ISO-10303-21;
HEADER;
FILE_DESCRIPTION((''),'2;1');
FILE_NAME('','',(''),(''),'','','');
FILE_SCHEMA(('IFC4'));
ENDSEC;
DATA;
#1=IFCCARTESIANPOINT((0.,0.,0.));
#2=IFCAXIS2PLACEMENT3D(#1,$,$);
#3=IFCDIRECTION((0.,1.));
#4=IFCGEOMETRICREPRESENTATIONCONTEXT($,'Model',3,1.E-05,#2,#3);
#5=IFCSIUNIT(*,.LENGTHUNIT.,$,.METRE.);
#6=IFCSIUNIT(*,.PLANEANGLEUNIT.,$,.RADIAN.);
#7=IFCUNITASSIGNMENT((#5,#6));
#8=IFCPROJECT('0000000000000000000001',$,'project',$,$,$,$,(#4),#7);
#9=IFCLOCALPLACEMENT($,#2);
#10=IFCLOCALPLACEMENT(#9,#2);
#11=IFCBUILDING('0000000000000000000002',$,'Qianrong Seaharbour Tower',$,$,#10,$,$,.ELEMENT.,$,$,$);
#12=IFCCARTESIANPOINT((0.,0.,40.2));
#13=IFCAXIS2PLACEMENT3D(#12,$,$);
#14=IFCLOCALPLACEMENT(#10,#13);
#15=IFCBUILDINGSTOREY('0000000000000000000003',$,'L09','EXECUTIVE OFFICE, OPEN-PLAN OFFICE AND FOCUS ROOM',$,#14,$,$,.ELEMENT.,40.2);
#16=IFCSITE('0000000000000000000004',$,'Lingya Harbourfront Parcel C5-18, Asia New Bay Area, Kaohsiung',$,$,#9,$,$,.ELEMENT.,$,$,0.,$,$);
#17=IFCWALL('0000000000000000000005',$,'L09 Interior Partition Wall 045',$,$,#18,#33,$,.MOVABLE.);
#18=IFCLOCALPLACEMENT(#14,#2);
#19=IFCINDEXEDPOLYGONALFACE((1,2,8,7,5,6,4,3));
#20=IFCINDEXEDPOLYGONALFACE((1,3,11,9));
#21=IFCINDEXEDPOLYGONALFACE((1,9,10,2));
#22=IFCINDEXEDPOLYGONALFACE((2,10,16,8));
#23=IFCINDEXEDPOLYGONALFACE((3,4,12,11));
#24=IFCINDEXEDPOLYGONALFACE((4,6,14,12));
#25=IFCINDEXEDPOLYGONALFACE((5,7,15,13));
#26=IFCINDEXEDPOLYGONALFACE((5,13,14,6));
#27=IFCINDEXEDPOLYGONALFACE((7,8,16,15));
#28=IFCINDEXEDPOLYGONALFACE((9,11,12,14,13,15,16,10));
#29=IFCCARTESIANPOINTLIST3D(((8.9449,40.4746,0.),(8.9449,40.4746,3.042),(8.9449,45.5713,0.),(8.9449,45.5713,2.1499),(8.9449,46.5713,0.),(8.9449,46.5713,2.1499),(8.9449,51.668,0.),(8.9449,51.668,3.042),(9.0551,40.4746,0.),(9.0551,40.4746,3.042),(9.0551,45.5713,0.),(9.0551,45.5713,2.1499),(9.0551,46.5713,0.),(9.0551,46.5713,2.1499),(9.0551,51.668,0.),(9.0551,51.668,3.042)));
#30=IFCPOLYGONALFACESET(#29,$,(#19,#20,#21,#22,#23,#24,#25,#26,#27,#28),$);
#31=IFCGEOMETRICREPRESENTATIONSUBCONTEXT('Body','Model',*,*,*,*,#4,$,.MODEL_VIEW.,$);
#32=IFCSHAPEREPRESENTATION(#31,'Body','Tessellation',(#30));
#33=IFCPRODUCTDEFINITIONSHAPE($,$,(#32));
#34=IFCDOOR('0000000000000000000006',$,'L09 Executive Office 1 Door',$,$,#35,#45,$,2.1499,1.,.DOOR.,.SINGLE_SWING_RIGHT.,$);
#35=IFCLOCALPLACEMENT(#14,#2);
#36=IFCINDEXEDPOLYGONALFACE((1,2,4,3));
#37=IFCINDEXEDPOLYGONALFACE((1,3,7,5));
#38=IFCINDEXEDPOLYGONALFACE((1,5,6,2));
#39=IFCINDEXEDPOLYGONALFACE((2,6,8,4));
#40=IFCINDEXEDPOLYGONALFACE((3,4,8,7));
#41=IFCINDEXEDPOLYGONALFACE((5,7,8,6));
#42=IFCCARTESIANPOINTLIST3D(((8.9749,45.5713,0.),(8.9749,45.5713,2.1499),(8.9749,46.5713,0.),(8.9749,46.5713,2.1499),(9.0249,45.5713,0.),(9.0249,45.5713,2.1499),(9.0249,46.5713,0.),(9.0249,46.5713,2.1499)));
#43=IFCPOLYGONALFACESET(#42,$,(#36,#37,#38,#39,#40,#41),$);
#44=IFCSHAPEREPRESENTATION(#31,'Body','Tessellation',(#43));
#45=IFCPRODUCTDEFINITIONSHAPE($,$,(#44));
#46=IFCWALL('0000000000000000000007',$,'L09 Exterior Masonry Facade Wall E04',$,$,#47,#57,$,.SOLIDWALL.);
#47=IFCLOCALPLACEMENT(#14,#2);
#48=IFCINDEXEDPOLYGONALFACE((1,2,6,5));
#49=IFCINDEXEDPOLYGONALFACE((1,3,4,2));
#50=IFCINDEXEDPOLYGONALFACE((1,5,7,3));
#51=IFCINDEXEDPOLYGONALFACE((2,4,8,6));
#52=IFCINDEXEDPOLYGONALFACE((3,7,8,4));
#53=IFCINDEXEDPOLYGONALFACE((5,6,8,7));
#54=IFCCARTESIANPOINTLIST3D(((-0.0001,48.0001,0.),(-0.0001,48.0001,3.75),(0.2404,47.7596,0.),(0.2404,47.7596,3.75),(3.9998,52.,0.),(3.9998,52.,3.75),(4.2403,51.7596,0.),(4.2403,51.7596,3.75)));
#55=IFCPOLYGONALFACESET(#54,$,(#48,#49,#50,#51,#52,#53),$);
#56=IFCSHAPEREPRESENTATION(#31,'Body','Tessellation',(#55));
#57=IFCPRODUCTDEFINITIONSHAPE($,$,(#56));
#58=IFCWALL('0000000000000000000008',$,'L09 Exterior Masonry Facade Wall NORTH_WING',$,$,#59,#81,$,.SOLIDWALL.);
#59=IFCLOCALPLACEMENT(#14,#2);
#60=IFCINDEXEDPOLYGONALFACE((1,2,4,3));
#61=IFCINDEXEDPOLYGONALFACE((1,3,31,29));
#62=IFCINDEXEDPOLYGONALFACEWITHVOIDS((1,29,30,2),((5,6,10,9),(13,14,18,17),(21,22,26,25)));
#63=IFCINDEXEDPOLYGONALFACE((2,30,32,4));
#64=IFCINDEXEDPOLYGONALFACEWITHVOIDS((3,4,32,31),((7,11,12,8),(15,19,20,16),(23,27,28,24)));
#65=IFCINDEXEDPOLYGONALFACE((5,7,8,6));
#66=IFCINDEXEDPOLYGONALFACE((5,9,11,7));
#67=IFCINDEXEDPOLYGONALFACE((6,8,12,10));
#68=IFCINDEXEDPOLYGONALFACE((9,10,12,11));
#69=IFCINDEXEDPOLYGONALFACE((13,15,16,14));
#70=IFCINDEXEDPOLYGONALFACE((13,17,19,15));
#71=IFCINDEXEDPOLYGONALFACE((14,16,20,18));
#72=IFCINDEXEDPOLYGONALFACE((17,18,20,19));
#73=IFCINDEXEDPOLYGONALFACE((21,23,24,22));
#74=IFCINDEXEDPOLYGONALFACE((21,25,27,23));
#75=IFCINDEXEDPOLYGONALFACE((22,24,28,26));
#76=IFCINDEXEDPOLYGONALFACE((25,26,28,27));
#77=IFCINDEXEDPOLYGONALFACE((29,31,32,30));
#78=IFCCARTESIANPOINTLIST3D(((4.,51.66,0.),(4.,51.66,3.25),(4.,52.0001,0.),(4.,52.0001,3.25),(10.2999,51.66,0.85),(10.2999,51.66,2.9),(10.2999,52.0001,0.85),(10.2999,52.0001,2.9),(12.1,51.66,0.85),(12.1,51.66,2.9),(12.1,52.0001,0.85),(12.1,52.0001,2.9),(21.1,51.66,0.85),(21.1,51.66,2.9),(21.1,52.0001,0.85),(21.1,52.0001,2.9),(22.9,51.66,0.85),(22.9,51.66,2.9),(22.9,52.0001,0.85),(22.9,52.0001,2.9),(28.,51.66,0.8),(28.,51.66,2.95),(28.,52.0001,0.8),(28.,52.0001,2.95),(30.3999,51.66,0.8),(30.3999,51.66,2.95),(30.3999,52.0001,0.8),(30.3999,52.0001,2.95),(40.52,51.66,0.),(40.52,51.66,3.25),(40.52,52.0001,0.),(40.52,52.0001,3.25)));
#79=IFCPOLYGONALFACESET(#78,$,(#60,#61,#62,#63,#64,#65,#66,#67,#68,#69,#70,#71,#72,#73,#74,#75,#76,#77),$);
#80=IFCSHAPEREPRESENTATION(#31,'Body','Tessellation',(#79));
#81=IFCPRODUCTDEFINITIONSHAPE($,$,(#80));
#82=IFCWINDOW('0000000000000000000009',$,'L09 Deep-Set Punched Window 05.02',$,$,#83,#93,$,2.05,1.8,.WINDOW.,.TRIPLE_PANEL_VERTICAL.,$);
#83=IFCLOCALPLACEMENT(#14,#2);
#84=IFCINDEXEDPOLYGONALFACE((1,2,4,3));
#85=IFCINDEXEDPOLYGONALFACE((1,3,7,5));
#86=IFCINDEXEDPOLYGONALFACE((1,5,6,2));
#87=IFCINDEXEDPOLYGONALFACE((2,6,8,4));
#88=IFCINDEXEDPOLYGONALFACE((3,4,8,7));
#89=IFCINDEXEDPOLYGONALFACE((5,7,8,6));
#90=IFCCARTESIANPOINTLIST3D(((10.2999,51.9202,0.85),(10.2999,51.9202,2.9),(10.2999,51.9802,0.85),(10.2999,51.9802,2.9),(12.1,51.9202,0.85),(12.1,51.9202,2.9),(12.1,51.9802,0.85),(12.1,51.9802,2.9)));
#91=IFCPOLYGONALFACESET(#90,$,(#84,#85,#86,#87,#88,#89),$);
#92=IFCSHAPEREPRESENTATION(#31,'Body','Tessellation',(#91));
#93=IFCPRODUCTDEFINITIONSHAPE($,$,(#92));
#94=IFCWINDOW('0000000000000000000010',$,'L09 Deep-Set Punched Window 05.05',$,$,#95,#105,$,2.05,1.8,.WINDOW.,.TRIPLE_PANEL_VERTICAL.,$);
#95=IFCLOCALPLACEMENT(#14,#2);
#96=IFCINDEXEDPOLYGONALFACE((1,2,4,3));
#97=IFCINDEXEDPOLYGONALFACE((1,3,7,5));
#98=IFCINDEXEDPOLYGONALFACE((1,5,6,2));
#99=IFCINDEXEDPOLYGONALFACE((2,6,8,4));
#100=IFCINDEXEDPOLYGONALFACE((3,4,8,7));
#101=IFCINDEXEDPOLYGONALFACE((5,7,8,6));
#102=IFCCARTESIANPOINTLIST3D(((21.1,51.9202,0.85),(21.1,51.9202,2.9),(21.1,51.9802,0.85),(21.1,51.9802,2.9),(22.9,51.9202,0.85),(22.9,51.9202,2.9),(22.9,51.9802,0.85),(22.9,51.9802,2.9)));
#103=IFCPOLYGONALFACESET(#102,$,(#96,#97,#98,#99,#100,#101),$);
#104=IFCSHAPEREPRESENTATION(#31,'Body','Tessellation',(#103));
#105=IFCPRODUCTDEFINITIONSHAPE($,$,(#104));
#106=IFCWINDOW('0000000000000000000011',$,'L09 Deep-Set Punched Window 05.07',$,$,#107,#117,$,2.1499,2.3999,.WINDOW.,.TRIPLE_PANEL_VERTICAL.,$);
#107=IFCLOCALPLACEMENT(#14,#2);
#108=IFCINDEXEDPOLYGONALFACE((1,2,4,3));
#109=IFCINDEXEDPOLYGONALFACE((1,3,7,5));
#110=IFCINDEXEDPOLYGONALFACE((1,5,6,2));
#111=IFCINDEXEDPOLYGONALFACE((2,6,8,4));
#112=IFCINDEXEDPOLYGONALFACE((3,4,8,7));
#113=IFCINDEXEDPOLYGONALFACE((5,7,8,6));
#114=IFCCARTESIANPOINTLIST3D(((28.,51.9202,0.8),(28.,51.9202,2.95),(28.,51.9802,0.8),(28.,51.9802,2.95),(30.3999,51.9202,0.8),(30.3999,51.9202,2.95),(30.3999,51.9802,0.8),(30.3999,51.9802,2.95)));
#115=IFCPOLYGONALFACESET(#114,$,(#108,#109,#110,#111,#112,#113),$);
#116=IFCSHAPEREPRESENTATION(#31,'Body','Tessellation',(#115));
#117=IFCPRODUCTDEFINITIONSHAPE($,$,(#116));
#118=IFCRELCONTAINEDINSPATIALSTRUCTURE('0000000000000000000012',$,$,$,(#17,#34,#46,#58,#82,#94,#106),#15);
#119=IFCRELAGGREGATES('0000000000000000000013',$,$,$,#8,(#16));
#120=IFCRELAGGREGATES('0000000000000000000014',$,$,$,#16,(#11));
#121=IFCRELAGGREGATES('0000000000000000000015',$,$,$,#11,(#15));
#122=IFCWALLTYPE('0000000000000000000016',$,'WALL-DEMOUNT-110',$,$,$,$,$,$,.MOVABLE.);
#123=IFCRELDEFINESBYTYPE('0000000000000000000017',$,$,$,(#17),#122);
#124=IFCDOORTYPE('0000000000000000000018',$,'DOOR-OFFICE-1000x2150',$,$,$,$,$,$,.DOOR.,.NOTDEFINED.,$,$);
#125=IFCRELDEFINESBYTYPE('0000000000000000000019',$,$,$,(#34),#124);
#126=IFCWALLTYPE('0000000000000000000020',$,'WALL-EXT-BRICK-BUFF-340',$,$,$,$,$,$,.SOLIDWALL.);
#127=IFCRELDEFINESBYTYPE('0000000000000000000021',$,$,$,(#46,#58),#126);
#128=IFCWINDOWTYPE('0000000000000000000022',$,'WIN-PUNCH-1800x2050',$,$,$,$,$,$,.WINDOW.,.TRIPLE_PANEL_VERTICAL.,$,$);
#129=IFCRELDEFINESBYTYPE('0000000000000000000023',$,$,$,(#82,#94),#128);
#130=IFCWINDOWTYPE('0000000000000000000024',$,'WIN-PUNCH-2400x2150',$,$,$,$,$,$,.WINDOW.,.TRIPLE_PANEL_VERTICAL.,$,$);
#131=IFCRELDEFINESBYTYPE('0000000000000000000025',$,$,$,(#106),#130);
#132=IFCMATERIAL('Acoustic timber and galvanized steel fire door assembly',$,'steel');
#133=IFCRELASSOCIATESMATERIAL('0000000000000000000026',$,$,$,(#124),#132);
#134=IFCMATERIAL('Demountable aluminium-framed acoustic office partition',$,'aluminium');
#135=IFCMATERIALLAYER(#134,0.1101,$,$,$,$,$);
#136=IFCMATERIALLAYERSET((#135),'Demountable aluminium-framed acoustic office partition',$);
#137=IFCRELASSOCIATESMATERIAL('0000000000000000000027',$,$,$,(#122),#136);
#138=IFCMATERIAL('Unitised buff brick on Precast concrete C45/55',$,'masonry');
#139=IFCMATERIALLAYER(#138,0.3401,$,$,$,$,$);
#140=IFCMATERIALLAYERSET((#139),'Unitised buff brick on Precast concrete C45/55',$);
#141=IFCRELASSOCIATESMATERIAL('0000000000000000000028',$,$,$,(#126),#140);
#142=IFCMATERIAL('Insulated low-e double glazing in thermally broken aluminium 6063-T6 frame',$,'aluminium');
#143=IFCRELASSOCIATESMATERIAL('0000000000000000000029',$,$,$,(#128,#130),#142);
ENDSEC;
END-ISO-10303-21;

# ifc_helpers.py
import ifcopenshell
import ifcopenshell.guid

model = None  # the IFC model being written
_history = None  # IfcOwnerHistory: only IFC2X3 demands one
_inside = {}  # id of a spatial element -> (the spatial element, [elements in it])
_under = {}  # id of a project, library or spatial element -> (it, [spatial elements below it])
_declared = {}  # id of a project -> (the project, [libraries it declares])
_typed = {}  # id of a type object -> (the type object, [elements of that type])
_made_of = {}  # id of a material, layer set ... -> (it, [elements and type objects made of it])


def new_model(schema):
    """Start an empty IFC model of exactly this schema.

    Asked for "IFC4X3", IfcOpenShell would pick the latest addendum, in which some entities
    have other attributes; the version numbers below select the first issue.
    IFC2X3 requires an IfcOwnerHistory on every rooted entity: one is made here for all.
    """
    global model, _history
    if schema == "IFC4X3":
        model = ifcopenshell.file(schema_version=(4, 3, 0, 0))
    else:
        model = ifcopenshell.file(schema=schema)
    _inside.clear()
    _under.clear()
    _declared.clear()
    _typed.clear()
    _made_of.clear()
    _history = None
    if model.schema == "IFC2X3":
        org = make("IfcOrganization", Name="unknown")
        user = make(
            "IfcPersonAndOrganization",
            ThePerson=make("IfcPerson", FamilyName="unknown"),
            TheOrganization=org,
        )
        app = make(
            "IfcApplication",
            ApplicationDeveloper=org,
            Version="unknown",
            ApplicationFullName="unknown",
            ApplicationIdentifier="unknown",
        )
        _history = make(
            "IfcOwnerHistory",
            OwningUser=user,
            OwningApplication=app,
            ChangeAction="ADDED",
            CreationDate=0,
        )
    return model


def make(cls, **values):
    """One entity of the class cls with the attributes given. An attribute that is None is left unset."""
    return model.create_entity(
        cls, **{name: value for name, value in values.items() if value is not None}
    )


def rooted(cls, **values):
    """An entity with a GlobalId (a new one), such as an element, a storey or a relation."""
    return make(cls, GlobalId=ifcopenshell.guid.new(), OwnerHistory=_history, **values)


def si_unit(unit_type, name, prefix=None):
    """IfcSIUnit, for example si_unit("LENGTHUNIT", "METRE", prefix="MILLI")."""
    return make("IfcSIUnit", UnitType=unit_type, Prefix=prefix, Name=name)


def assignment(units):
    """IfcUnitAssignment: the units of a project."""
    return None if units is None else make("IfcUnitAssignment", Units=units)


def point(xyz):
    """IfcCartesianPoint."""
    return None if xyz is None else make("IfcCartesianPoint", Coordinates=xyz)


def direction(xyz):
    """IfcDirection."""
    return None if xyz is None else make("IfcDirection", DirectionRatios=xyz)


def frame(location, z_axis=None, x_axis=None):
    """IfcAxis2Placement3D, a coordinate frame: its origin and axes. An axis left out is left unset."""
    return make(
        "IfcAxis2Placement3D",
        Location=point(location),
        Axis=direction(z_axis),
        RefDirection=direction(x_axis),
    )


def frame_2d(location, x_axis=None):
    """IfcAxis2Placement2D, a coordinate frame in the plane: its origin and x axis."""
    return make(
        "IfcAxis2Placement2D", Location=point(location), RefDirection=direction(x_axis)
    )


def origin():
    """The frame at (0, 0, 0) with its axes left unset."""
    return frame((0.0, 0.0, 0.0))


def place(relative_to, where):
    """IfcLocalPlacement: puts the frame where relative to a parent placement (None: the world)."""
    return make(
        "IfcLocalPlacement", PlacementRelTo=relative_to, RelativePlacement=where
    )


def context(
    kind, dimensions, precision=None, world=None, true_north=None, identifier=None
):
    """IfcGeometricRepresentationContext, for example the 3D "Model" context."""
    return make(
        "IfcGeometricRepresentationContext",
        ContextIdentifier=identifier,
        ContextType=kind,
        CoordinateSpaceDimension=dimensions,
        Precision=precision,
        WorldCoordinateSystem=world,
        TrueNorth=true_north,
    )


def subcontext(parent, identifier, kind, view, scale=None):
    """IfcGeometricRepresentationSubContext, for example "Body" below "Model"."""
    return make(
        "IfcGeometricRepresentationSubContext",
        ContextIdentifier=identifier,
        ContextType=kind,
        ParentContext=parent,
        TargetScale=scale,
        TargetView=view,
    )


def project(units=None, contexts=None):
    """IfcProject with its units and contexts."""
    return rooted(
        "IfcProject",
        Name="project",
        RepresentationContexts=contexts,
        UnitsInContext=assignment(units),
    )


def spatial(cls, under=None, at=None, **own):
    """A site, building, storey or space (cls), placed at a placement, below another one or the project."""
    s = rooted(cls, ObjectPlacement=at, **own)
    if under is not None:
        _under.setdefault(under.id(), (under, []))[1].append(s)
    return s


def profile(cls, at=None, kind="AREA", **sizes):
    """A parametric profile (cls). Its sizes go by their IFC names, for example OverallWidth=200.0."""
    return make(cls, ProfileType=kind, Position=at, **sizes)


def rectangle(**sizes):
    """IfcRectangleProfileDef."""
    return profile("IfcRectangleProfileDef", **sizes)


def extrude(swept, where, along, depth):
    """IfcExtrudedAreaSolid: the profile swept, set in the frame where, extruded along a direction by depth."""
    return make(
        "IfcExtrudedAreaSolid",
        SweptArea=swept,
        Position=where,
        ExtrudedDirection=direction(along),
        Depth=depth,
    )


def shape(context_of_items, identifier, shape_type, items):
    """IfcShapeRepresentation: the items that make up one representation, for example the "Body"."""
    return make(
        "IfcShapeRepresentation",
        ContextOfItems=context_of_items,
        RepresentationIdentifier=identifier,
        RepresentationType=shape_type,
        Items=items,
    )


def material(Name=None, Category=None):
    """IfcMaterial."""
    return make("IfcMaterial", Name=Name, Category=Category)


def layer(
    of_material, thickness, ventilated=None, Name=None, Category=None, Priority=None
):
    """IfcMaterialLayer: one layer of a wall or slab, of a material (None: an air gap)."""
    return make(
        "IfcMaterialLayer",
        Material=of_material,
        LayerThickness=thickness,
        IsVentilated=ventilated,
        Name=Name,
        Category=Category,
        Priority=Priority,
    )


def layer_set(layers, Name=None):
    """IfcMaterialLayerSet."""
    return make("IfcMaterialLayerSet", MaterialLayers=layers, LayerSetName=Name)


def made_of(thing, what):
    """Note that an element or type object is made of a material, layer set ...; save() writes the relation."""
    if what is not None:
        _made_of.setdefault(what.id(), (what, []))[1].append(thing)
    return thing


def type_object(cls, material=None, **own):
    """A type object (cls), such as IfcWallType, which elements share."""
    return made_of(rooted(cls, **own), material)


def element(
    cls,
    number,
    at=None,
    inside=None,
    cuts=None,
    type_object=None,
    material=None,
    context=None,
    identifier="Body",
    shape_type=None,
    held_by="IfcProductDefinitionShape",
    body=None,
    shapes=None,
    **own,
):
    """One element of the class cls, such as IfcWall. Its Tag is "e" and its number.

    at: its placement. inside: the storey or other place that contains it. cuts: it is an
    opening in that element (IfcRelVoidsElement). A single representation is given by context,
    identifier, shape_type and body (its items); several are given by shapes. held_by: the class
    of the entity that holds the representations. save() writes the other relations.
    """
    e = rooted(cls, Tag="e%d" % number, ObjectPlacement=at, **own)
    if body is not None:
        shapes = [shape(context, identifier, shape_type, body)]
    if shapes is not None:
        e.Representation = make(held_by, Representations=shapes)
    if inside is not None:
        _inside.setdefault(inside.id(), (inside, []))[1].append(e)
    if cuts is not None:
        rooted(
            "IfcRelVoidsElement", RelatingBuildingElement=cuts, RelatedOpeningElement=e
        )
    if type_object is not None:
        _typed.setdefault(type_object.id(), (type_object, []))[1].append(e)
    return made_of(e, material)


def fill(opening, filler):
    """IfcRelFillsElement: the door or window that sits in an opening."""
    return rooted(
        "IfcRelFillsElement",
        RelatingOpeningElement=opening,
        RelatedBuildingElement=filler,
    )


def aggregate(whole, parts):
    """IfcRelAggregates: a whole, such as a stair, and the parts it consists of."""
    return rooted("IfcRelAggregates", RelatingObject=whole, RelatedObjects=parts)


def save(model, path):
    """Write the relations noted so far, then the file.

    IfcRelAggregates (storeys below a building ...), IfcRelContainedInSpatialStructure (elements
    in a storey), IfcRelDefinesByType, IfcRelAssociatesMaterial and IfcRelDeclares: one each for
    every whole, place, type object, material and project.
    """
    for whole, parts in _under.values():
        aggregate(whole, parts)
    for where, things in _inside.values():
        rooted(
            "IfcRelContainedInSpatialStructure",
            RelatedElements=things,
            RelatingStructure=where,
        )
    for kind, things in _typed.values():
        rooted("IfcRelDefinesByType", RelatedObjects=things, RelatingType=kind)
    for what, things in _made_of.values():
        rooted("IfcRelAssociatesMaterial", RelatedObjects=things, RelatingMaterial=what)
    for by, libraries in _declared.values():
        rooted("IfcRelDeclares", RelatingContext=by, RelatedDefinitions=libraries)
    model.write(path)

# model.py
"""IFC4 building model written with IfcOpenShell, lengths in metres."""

from ifc_helpers import new_model, si_unit, direction, frame, frame_2d, origin, place, context, subcontext, project, spatial, rectangle, extrude, material, layer, layer_set, type_object, element, fill, save


model = new_model("IFC4")

# Units and contexts
model_context = context("Model", 3, precision=1e-05, world=origin(), true_north=direction((0.0, 1.0)))
body_context = subcontext(model_context, "Body", "Model", "MODEL_VIEW")
ifc_project = project(units=[si_unit("LENGTHUNIT", "METRE"), si_unit("PLANEANGLEUNIT", "RADIAN")], contexts=[model_context])

# Site, building, storey
site_placement = place(None, origin())
site = spatial("IfcSite", under=ifc_project, at=site_placement, Name="Lingya Harbourfront Parcel C5-18, Asia New Bay Area, Kaohsiung", CompositionType="ELEMENT", RefElevation=0.0)
building_placement = place(site_placement, origin())
building = spatial("IfcBuilding", under=site, at=building_placement, Name="Qianrong Seaharbour Tower", CompositionType="ELEMENT")
storey_placement = place(building_placement, frame((0.0, 0.0, 40.2)))
storey = spatial("IfcBuildingStorey", under=building, at=storey_placement, Name="L09", Description="EXECUTIVE OFFICE, OPEN-PLAN OFFICE AND FOCUS ROOM", CompositionType="ELEMENT", Elevation=40.2)

# Wall, opening, door
ifc_material_1 = material(Name="Acoustic timber and galvanized steel fire door assembly", Category="steel")
door_type = type_object("IfcDoorType", Name="DOOR-OFFICE-1000x2150", OperationType="NOTDEFINED", PredefinedType="DOOR", material=ifc_material_1)
ifc_material_2 = material(Name="Demountable aluminium-framed acoustic office partition", Category="aluminium")
ifc_layer_1 = layer(ifc_material_2, 0.1101)
ifc_layer_set_1 = layer_set([ifc_layer_1], Name="Demountable aluminium-framed acoustic office partition")
wall_type_1 = type_object("IfcWallType", Name="WALL-DEMOUNT-110", PredefinedType="MOVABLE", material=ifc_layer_set_1)
wall_1_placement = place(storey_placement, frame((9.0, 51.668, 0.0), z_axis=(0.0, 0.0, 1.0), x_axis=(0.0, -1.0, 0.0)))
wall_1 = element("IfcWall", 1, at=wall_1_placement, inside=storey, type_object=wall_type_1, Name="L09 Interior Partition Wall 045", PredefinedType="MOVABLE", context=body_context, shape_type="SweptSolid", body=[
    extrude(rectangle(XDim=11.1934, YDim=0.1101, at=frame_2d((5.5967, 0.0))), origin(), (0.0, 0.0, 1.0), 3.042),
])
opening_1_placement = place(wall_1_placement, frame((5.0967, 0.0, 0.0)))
opening_1 = element("IfcOpeningElement", 2, at=opening_1_placement, cuts=wall_1, PredefinedType="OPENING", context=body_context, shape_type="SweptSolid", body=[
    extrude(rectangle(XDim=1.0, YDim=2.1499, at=frame_2d((0.5, 1.075))), frame((0.0, 0.0649, 0.0), z_axis=(0.0, -1.0, 0.0), x_axis=(1.0, 0.0, 0.0)), (0.0, 0.0, 1.0), 0.1301),
])
door_1_placement = place(opening_1_placement, origin())
door_1 = element("IfcDoor", 3, at=door_1_placement, inside=storey, type_object=door_type, Name="L09 Executive Office 1 Door", OperationType="SINGLE_SWING_RIGHT", OverallHeight=2.1499, OverallWidth=1.0, PredefinedType="DOOR", context=body_context, shape_type="SweptSolid", body=[
    extrude(rectangle(XDim=1.0, YDim=2.1499, at=frame_2d((0.5, 1.075))), frame((0.0, 0.0249, 0.0), z_axis=(0.0, -1.0, 0.0), x_axis=(1.0, 0.0, 0.0)), (0.0, 0.0, 1.0), 0.05),
])
fill(opening_1, door_1)

# Wall
ifc_material_3 = material(Name="Unitised buff brick on Precast concrete C45/55", Category="masonry")
ifc_layer_2 = layer(ifc_material_3, 0.3401)
ifc_layer_set_2 = layer_set([ifc_layer_2], Name="Unitised buff brick on Precast concrete C45/55")
wall_type_2 = type_object("IfcWallType", Name="WALL-EXT-BRICK-BUFF-340", PredefinedType="SOLIDWALL", material=ifc_layer_set_2)
wall_2_placement = place(storey_placement, frame((0.1201, 47.8799, 0.0), z_axis=(0.0, 0.0, 1.0), x_axis=(0.707107, 0.707107, 0.0)))
element("IfcWall", 4, at=wall_2_placement, inside=storey, type_object=wall_type_2, Name="L09 Exterior Masonry Facade Wall E04", PredefinedType="SOLIDWALL", context=body_context, shape_type="SweptSolid", body=[
    extrude(rectangle(XDim=5.6567, YDim=0.3401, at=frame_2d((2.8284, 0.0))), origin(), (0.0, 0.0, 1.0), 3.75),
])

# Wall, openings, windows
wall_3_placement = place(storey_placement, frame((4.0, 51.8301, 0.0), z_axis=(0.0, 0.0, 1.0), x_axis=(1.0, 0.0, 0.0)))
wall_3 = element("IfcWall", 5, at=wall_3_placement, inside=storey, type_object=wall_type_2, Name="L09 Exterior Masonry Facade Wall NORTH_WING", PredefinedType="SOLIDWALL", context=body_context, shape_type="SweptSolid", body=[
    extrude(rectangle(XDim=36.52, YDim=0.3401, at=frame_2d((18.26, 0.0))), origin(), (0.0, 0.0, 1.0), 3.25),
])
opening_2_placement = place(wall_3_placement, frame((6.3, 0.0, 0.8501)))
opening_2 = element("IfcOpeningElement", 6, at=opening_2_placement, cuts=wall_3, PredefinedType="OPENING", context=body_context, shape_type="SweptSolid", body=[
    extrude(rectangle(XDim=1.8, YDim=2.05, at=frame_2d((0.8999, 1.0249))), frame((0.0, 0.1802, 0.0), z_axis=(0.0, -1.0, 0.0), x_axis=(1.0, 0.0, 0.0)), (0.0, 0.0, 1.0), 0.3601),
])
opening_3_placement = place(wall_3_placement, frame((17.1001, 0.0, 0.8501)))
opening_3 = element("IfcOpeningElement", 7, at=opening_3_placement, cuts=wall_3, PredefinedType="OPENING", context=body_context, shape_type="SweptSolid", body=[
    extrude(rectangle(XDim=1.8, YDim=2.05, at=frame_2d((0.8999, 1.0249))), frame((0.0, 0.1802, 0.0), z_axis=(0.0, -1.0, 0.0), x_axis=(1.0, 0.0, 0.0)), (0.0, 0.0, 1.0), 0.3601),
])
opening_4_placement = place(wall_3_placement, frame((24.0, 0.0, 0.8)))
opening_4 = element("IfcOpeningElement", 8, at=opening_4_placement, cuts=wall_3, PredefinedType="OPENING", context=body_context, shape_type="SweptSolid", body=[
    extrude(rectangle(XDim=2.3999, YDim=2.1499, at=frame_2d((1.2, 1.075))), frame((0.0, 0.1802, 0.0), z_axis=(0.0, -1.0, 0.0), x_axis=(1.0, 0.0, 0.0)), (0.0, 0.0, 1.0), 0.3601),
])
ifc_material_4 = material(Name="Insulated low-e double glazing in thermally broken aluminium 6063-T6 frame", Category="aluminium")
window_type_1 = type_object("IfcWindowType", Name="WIN-PUNCH-1800x2050", PartitioningType="TRIPLE_PANEL_VERTICAL", PredefinedType="WINDOW", material=ifc_material_4)
window_1_placement = place(opening_2_placement, origin())
window_1 = element("IfcWindow", 9, at=window_1_placement, inside=storey, type_object=window_type_1, Name="L09 Deep-Set Punched Window 05.02", OverallHeight=2.05, OverallWidth=1.8, PartitioningType="TRIPLE_PANEL_VERTICAL", PredefinedType="WINDOW", context=body_context, shape_type="SweptSolid", body=[
    extrude(rectangle(XDim=1.8, YDim=2.05, at=frame_2d((0.8999, 1.0249))), frame((0.0, 0.1501, 0.0), z_axis=(0.0, -1.0, 0.0), x_axis=(1.0, 0.0, 0.0)), (0.0, 0.0, 1.0), 0.0601),
])
fill(opening_2, window_1)
window_2_placement = place(opening_3_placement, origin())
window_2 = element("IfcWindow", 10, at=window_2_placement, inside=storey, type_object=window_type_1, Name="L09 Deep-Set Punched Window 05.05", OverallHeight=2.05, OverallWidth=1.8, PartitioningType="TRIPLE_PANEL_VERTICAL", PredefinedType="WINDOW", context=body_context, shape_type="SweptSolid", body=[
    extrude(rectangle(XDim=1.8, YDim=2.05, at=frame_2d((0.8999, 1.0249))), frame((0.0, 0.1501, 0.0), z_axis=(0.0, -1.0, 0.0), x_axis=(1.0, 0.0, 0.0)), (0.0, 0.0, 1.0), 0.0601),
])
fill(opening_3, window_2)
window_type_2 = type_object("IfcWindowType", Name="WIN-PUNCH-2400x2150", PartitioningType="TRIPLE_PANEL_VERTICAL", PredefinedType="WINDOW", material=ifc_material_4)
window_3_placement = place(opening_4_placement, origin())
window_3 = element("IfcWindow", 11, at=window_3_placement, inside=storey, type_object=window_type_2, Name="L09 Deep-Set Punched Window 05.07", OverallHeight=2.1499, OverallWidth=2.3999, PartitioningType="TRIPLE_PANEL_VERTICAL", PredefinedType="WINDOW", context=body_context, shape_type="SweptSolid", body=[
    extrude(rectangle(XDim=2.3999, YDim=2.1499, at=frame_2d((1.2, 1.075))), frame((0.0, 0.1501, 0.0), z_axis=(0.0, -1.0, 0.0), x_axis=(1.0, 0.0, 0.0)), (0.0, 0.0, 1.0), 0.0601),
])
fill(opening_4, window_3)

save(model, "model.ifc")
